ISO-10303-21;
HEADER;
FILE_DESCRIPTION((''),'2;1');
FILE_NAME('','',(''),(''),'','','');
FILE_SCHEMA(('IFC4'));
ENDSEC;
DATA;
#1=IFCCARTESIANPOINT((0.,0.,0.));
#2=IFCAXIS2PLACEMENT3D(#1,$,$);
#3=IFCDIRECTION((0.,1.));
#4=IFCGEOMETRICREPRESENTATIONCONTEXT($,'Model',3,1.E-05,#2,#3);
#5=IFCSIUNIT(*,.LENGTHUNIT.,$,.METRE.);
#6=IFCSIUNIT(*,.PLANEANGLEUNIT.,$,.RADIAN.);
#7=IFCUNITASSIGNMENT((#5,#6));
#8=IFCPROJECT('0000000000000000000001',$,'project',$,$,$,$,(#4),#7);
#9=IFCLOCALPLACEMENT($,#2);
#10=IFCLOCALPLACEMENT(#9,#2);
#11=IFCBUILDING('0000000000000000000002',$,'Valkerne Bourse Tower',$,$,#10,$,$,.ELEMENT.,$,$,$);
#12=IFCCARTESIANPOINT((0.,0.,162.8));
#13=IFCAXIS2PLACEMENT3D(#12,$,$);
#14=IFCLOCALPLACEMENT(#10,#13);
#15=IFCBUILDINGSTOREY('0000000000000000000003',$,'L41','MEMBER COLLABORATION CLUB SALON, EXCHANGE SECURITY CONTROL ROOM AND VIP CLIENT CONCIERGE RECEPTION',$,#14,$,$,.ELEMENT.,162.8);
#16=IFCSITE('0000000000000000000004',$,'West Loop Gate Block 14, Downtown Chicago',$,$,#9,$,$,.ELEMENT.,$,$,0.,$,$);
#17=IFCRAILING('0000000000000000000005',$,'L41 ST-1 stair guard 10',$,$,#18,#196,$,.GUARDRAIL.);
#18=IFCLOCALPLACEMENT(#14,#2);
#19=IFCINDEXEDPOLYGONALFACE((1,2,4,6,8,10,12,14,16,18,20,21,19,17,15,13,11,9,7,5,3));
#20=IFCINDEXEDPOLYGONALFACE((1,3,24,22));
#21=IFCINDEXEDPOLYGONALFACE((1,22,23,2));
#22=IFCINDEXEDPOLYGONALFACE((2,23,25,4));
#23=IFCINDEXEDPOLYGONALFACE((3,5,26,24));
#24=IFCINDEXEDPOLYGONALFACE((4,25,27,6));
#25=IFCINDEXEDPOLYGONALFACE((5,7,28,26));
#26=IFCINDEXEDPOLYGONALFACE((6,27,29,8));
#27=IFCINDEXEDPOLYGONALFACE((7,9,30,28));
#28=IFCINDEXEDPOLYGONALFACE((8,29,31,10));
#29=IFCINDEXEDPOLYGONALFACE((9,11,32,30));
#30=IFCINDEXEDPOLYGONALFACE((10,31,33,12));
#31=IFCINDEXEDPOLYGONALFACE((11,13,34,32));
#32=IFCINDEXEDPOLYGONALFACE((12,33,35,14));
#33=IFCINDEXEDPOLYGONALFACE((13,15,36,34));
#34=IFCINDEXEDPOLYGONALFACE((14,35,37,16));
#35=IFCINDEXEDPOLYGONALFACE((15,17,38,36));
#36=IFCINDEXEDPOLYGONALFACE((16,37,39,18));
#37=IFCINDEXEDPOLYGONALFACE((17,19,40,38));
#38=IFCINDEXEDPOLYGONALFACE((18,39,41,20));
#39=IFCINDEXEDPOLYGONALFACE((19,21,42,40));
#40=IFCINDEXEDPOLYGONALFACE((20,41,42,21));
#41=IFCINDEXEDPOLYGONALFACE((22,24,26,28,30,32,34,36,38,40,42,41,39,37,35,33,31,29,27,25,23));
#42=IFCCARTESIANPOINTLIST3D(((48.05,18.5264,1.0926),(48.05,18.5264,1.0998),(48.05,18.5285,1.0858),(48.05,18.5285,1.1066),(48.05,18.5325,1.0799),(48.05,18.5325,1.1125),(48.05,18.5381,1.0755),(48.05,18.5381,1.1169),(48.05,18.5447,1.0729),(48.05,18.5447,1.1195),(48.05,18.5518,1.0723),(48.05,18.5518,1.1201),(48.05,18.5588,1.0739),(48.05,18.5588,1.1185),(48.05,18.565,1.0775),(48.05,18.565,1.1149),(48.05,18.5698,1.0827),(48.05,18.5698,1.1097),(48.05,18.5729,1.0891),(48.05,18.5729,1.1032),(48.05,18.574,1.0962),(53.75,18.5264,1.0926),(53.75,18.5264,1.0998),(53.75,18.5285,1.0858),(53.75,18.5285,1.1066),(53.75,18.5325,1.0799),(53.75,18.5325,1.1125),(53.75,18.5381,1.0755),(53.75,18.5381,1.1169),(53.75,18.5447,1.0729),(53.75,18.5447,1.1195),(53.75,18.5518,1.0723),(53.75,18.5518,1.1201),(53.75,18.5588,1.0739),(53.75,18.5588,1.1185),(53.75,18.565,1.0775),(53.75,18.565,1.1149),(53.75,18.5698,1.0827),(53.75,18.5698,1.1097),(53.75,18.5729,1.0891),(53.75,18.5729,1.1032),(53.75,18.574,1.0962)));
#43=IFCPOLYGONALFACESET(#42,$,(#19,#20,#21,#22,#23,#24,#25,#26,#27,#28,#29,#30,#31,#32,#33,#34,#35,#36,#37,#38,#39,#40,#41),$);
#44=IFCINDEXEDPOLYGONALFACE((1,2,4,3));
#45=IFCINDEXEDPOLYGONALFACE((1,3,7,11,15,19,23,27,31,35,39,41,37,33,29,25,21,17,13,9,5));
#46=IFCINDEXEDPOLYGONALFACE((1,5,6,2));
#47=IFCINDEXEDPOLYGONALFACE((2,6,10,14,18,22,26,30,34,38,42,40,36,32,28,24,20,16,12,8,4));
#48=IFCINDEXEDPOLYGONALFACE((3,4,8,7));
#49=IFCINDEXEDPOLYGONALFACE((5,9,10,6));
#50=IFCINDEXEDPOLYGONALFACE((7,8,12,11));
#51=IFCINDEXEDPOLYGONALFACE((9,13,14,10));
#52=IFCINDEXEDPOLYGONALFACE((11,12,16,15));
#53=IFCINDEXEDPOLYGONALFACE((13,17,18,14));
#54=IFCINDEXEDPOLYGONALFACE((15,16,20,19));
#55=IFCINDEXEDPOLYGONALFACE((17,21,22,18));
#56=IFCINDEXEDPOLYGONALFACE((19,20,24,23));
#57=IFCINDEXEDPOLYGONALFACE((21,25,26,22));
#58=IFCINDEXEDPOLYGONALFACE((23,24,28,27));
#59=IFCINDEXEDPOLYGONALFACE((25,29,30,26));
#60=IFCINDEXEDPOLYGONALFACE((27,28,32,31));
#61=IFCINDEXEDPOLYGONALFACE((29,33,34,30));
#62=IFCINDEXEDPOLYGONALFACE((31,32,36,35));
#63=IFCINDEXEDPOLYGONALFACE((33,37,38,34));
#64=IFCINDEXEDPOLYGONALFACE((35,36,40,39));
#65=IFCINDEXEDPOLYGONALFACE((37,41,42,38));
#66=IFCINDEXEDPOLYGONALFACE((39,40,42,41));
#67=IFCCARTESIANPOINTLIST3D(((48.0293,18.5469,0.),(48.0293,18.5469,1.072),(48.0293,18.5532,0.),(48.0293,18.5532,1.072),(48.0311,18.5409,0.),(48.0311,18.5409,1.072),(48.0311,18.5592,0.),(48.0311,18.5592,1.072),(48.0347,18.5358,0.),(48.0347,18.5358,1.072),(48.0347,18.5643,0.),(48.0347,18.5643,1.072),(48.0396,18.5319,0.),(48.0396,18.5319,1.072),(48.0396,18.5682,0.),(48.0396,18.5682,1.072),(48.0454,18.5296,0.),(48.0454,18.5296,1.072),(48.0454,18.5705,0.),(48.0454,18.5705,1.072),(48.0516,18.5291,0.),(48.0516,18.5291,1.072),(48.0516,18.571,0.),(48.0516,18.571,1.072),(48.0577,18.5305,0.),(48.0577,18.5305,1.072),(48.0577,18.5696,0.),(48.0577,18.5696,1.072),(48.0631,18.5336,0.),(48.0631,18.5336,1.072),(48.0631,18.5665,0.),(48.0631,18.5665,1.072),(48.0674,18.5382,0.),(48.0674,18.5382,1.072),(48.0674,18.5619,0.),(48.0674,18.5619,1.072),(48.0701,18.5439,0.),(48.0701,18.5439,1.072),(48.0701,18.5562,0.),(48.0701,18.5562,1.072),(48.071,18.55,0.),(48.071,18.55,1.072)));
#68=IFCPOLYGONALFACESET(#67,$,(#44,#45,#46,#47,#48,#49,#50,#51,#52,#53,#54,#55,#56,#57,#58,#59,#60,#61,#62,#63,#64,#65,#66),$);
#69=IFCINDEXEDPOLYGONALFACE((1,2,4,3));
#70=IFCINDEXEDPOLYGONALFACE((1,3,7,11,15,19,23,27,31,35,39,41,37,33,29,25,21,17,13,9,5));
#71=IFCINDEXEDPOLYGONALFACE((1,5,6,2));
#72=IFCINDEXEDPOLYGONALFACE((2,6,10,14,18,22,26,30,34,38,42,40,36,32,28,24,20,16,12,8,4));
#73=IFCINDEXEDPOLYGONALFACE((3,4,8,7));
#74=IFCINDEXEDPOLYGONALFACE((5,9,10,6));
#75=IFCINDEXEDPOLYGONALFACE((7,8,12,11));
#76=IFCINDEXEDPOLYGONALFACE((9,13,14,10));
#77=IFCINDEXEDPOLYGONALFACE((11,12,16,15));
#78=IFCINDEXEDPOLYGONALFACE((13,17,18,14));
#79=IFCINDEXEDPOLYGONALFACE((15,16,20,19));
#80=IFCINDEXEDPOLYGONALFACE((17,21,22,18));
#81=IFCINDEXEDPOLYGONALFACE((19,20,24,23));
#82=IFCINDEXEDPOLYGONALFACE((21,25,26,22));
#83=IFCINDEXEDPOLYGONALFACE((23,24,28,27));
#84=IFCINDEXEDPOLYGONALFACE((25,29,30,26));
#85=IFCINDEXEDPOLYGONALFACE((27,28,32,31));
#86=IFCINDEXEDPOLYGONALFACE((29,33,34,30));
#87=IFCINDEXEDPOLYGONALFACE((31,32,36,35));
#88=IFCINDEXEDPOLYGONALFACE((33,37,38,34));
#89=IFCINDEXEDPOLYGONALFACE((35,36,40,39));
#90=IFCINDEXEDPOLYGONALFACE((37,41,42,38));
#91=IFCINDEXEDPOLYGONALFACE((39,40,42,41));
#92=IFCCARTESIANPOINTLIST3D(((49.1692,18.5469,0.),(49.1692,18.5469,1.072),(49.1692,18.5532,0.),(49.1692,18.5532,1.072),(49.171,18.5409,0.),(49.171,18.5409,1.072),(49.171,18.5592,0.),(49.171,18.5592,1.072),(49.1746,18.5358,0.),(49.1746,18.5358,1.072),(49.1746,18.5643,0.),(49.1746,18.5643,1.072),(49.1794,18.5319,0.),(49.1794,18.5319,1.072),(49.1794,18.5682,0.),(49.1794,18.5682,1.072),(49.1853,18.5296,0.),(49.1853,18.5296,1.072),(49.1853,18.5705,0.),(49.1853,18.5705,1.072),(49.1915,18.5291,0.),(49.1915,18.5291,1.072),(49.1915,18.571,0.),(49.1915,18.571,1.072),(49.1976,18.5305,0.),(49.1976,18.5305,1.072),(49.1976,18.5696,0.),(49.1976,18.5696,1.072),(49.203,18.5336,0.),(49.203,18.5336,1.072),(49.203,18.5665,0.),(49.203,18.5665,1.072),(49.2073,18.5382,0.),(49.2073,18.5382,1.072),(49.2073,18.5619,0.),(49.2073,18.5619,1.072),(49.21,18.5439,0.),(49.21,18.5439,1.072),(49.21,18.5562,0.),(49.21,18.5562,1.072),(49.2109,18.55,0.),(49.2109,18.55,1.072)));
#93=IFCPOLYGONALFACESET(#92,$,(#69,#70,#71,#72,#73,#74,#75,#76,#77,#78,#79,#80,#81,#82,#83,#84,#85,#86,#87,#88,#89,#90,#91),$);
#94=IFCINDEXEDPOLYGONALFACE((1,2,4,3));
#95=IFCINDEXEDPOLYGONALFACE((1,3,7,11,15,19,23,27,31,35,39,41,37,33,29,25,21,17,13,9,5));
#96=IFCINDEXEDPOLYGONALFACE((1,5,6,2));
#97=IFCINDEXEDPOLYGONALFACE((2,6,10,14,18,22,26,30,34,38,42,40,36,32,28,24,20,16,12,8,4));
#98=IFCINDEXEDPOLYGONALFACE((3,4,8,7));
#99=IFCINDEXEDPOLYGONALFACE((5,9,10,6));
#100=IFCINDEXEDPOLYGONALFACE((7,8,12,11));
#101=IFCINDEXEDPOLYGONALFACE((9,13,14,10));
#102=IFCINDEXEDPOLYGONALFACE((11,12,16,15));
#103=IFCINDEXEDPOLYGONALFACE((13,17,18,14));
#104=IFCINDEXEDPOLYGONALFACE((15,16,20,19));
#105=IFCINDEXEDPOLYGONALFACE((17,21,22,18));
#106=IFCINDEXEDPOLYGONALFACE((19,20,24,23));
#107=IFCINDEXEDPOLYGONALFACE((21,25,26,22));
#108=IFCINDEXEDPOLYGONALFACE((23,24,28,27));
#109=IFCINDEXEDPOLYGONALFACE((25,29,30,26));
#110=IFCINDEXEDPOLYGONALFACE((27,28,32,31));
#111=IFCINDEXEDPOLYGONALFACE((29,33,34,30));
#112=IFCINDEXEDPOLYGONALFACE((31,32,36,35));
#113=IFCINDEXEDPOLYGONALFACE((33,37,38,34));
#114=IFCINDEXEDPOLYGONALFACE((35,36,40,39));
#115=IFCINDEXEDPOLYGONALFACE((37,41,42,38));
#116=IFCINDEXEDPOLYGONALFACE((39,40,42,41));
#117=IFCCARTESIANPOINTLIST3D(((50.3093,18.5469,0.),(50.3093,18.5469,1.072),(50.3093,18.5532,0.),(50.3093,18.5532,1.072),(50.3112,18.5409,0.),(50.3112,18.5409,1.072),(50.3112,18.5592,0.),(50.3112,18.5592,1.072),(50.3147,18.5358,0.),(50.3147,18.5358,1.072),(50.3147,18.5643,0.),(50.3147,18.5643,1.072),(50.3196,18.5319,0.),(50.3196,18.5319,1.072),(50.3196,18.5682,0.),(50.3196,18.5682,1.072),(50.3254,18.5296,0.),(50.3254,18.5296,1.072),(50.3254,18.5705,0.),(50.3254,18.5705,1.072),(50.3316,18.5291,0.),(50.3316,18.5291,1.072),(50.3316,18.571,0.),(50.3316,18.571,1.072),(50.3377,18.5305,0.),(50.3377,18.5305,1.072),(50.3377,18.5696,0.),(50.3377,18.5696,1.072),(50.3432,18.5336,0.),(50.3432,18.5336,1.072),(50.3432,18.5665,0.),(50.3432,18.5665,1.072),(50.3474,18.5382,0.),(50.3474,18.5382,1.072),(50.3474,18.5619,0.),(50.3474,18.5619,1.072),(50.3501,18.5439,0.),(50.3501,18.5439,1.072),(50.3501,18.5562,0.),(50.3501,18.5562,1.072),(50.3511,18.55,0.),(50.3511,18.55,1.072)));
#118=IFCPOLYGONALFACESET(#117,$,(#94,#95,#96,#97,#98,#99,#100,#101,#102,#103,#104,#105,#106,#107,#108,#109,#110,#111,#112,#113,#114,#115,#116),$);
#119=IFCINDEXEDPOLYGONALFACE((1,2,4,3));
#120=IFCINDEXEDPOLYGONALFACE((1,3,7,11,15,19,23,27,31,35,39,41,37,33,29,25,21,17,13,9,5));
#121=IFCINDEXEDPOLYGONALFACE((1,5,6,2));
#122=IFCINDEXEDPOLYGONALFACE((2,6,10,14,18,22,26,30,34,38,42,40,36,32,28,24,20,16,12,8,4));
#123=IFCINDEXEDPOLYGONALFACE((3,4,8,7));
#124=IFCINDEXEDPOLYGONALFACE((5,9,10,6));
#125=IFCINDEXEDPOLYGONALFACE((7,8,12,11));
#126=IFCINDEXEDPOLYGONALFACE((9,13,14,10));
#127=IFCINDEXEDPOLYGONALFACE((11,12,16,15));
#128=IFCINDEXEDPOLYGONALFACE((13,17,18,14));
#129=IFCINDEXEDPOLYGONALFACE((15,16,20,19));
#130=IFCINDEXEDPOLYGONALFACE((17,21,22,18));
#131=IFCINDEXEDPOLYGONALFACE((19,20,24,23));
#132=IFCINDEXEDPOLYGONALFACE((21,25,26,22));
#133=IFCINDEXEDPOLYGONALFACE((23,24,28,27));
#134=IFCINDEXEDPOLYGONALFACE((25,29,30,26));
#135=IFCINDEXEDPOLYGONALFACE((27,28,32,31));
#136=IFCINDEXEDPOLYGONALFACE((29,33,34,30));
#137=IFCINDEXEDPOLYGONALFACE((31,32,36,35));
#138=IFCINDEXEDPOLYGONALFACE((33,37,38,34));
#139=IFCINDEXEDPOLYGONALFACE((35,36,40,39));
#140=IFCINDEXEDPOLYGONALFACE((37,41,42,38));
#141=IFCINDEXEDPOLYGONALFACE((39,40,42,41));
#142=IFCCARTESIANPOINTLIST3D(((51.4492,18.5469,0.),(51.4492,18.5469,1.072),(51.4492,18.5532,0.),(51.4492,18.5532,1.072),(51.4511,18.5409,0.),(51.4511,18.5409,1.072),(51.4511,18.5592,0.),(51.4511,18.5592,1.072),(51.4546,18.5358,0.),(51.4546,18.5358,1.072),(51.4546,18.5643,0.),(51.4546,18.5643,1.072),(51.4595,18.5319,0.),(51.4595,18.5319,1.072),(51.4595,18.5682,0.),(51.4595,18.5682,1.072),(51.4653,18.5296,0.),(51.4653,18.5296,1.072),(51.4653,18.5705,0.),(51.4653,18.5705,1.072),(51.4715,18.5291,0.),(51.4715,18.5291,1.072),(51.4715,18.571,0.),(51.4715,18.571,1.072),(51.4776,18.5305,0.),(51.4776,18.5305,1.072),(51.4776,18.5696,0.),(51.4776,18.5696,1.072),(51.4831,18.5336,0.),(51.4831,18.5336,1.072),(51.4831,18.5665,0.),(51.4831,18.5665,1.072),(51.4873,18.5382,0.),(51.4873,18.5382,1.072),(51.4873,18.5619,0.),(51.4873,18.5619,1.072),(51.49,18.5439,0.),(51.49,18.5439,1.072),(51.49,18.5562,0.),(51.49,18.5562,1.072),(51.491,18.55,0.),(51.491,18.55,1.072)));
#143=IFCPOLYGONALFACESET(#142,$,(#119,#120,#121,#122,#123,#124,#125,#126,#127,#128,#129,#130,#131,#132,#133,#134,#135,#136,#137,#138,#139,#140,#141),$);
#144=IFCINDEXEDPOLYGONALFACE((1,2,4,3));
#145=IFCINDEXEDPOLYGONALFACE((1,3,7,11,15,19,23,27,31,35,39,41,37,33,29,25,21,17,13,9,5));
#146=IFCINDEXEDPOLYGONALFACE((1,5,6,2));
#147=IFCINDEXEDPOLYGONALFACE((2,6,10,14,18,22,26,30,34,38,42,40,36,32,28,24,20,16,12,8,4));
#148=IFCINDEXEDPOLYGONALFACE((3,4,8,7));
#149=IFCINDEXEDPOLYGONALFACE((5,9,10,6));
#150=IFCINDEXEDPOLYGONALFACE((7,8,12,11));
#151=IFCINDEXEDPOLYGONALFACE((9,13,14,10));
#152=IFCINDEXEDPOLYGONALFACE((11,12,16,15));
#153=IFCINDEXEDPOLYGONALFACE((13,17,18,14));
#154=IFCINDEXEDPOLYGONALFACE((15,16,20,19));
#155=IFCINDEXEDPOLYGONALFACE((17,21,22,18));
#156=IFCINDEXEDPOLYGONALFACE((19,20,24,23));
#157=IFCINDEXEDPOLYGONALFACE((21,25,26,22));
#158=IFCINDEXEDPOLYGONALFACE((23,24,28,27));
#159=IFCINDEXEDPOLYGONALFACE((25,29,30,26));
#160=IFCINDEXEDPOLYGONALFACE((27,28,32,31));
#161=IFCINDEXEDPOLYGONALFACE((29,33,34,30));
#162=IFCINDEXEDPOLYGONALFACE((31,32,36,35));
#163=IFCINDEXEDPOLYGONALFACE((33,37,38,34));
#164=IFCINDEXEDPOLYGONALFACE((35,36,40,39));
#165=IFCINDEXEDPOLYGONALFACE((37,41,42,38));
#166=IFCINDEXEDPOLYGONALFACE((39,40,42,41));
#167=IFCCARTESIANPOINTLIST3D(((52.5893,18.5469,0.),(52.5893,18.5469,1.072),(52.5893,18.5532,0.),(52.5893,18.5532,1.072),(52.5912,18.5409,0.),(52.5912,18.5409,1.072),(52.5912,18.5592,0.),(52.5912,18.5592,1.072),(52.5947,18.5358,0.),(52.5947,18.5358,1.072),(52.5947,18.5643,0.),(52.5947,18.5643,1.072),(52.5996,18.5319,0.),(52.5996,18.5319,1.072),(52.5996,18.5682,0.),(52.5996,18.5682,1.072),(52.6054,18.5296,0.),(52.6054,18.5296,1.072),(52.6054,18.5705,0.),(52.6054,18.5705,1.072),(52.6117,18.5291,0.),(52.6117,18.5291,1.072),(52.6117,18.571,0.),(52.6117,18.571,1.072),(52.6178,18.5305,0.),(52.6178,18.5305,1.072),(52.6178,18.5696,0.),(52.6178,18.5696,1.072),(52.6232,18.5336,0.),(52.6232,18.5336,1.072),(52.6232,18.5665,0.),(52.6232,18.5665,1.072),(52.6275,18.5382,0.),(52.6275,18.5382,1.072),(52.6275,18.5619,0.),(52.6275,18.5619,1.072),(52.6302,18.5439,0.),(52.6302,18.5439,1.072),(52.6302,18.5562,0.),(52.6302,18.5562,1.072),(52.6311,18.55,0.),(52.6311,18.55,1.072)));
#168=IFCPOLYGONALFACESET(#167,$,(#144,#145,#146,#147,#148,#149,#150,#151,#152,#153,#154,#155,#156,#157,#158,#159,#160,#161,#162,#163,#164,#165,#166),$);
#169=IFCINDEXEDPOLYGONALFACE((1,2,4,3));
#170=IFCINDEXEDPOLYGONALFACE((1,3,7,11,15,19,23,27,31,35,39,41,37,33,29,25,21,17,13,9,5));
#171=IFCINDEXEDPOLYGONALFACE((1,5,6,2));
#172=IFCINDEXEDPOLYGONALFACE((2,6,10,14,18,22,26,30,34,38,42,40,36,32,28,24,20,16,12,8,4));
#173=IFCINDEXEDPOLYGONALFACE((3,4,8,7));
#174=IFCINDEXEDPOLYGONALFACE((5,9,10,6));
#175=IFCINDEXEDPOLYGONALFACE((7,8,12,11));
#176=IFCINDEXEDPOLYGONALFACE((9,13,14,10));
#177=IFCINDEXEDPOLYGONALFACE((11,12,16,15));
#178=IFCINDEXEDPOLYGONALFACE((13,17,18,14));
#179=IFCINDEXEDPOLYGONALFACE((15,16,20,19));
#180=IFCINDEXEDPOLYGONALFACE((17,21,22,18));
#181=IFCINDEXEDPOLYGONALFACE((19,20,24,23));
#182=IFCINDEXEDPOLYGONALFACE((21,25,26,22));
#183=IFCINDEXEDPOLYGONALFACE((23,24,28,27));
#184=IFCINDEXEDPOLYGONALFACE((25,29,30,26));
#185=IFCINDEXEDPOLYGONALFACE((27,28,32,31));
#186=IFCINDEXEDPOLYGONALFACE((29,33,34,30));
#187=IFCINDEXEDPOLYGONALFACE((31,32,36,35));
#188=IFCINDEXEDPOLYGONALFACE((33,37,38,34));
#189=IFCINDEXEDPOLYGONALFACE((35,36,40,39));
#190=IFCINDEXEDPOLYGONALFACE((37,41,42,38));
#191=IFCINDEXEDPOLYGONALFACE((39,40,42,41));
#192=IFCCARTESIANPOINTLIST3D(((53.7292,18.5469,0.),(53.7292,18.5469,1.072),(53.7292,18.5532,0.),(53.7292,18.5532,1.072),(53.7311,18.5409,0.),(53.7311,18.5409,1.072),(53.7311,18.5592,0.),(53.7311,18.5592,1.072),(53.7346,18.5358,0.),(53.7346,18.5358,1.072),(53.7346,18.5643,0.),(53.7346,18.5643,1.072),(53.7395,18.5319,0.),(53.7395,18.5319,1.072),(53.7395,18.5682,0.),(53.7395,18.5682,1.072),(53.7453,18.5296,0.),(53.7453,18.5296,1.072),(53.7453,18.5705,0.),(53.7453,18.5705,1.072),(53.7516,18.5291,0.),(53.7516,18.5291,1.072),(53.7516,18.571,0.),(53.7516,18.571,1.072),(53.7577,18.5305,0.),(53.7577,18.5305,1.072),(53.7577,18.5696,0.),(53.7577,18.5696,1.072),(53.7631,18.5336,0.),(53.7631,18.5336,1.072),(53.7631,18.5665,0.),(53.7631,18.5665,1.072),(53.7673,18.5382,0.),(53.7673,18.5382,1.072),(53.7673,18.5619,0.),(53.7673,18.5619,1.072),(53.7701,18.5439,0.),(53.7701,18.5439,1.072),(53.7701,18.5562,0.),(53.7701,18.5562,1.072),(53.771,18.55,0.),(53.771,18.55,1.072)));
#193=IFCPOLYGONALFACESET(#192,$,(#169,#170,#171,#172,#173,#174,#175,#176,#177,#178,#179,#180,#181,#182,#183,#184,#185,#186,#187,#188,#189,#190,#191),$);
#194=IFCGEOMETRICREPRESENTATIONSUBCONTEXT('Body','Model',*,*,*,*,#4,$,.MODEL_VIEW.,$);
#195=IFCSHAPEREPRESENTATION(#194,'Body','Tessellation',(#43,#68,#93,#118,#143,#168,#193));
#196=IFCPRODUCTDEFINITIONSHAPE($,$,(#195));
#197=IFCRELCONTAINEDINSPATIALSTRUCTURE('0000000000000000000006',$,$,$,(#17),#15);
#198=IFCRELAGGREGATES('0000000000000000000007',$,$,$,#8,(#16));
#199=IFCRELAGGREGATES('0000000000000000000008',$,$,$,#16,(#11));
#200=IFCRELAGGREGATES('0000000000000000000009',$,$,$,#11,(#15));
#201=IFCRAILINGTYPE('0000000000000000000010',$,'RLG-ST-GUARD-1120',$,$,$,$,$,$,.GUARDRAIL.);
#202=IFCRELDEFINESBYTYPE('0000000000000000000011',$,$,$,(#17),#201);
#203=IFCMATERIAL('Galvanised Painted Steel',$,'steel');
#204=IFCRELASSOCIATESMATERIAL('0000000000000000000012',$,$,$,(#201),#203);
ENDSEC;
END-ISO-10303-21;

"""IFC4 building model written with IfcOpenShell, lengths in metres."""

from ifc_helpers import new_model, si_unit, direction, frame, origin, origin_2d, place, context, subcontext, project, spatial, circle, extrude, material, type_object, element, save


model = new_model("IFC4")

# Units and contexts
model_context = context("Model", 3, precision=1e-05, world=origin(), true_north=direction((0.0, 1.0)))
body_context = subcontext(model_context, "Body", "Model", "MODEL_VIEW")
ifc_project = project(units=[si_unit("LENGTHUNIT", "METRE"), si_unit("PLANEANGLEUNIT", "RADIAN")], contexts=[model_context])

# Site, building, storey
site_placement = place(None, origin())
site = spatial("IfcSite", under=ifc_project, at=site_placement, Name="West Loop Gate Block 14, Downtown Chicago", CompositionType="ELEMENT", RefElevation=0.0)
building_placement = place(site_placement, origin())
building = spatial("IfcBuilding", under=site, at=building_placement, Name="Valkerne Bourse Tower", CompositionType="ELEMENT")
storey_placement = place(building_placement, frame((0.0, 0.0, 162.8)))
storey = spatial("IfcBuildingStorey", under=building, at=storey_placement, Name="L41", Description="MEMBER COLLABORATION CLUB SALON, EXCHANGE SECURITY CONTROL ROOM AND VIP CLIENT CONCIERGE RECEPTION", CompositionType="ELEMENT", Elevation=162.8)

# Shared definitions
ifc_material_1 = material(Name="Galvanised Painted Steel", Category="steel")

# Railing
railing_type_1 = type_object("IfcRailingType", Name="RLG-ST-GUARD-1120", PredefinedType="GUARDRAIL", material=ifc_material_1)
for number, where, name in (
    (1, (48.05, 18.55, 0.0), "L41 ST-1 stair guard 10"),
):
    element("IfcRailing", number, at=place(storey_placement, frame(where)), inside=storey, type_object=railing_type_1, Name=name, PredefinedType="GUARDRAIL", context=body_context, shape_type="SweptSolid", body=[
        extrude(circle(Radius=0.0239, at=origin_2d()), frame((0.0, 0.0, 1.0962), z_axis=(1.0, 0.0, 0.0), x_axis=(0.0, 1.0, 0.0)), (0.0, 0.0, 1.0), 5.7),
        extrude(circle(Radius=0.021, at=origin_2d()), origin(), (0.0, 0.0, 1.0), 1.072),
        extrude(circle(Radius=0.021, at=origin_2d()), frame((1.1399, 0.0, 0.0)), (0.0, 0.0, 1.0), 1.072),
        extrude(circle(Radius=0.021, at=origin_2d()), frame((2.28, 0.0, 0.0)), (0.0, 0.0, 1.0), 1.072),
        extrude(circle(Radius=0.021, at=origin_2d()), frame((3.4199, 0.0, 0.0)), (0.0, 0.0, 1.0), 1.072),
        extrude(circle(Radius=0.021, at=origin_2d()), frame((4.5601, 0.0, 0.0)), (0.0, 0.0, 1.0), 1.072),
        extrude(circle(Radius=0.021, at=origin_2d()), frame((5.7, 0.0, 0.0)), (0.0, 0.0, 1.0), 1.072),
    ])

save(model, "model.ifc")
